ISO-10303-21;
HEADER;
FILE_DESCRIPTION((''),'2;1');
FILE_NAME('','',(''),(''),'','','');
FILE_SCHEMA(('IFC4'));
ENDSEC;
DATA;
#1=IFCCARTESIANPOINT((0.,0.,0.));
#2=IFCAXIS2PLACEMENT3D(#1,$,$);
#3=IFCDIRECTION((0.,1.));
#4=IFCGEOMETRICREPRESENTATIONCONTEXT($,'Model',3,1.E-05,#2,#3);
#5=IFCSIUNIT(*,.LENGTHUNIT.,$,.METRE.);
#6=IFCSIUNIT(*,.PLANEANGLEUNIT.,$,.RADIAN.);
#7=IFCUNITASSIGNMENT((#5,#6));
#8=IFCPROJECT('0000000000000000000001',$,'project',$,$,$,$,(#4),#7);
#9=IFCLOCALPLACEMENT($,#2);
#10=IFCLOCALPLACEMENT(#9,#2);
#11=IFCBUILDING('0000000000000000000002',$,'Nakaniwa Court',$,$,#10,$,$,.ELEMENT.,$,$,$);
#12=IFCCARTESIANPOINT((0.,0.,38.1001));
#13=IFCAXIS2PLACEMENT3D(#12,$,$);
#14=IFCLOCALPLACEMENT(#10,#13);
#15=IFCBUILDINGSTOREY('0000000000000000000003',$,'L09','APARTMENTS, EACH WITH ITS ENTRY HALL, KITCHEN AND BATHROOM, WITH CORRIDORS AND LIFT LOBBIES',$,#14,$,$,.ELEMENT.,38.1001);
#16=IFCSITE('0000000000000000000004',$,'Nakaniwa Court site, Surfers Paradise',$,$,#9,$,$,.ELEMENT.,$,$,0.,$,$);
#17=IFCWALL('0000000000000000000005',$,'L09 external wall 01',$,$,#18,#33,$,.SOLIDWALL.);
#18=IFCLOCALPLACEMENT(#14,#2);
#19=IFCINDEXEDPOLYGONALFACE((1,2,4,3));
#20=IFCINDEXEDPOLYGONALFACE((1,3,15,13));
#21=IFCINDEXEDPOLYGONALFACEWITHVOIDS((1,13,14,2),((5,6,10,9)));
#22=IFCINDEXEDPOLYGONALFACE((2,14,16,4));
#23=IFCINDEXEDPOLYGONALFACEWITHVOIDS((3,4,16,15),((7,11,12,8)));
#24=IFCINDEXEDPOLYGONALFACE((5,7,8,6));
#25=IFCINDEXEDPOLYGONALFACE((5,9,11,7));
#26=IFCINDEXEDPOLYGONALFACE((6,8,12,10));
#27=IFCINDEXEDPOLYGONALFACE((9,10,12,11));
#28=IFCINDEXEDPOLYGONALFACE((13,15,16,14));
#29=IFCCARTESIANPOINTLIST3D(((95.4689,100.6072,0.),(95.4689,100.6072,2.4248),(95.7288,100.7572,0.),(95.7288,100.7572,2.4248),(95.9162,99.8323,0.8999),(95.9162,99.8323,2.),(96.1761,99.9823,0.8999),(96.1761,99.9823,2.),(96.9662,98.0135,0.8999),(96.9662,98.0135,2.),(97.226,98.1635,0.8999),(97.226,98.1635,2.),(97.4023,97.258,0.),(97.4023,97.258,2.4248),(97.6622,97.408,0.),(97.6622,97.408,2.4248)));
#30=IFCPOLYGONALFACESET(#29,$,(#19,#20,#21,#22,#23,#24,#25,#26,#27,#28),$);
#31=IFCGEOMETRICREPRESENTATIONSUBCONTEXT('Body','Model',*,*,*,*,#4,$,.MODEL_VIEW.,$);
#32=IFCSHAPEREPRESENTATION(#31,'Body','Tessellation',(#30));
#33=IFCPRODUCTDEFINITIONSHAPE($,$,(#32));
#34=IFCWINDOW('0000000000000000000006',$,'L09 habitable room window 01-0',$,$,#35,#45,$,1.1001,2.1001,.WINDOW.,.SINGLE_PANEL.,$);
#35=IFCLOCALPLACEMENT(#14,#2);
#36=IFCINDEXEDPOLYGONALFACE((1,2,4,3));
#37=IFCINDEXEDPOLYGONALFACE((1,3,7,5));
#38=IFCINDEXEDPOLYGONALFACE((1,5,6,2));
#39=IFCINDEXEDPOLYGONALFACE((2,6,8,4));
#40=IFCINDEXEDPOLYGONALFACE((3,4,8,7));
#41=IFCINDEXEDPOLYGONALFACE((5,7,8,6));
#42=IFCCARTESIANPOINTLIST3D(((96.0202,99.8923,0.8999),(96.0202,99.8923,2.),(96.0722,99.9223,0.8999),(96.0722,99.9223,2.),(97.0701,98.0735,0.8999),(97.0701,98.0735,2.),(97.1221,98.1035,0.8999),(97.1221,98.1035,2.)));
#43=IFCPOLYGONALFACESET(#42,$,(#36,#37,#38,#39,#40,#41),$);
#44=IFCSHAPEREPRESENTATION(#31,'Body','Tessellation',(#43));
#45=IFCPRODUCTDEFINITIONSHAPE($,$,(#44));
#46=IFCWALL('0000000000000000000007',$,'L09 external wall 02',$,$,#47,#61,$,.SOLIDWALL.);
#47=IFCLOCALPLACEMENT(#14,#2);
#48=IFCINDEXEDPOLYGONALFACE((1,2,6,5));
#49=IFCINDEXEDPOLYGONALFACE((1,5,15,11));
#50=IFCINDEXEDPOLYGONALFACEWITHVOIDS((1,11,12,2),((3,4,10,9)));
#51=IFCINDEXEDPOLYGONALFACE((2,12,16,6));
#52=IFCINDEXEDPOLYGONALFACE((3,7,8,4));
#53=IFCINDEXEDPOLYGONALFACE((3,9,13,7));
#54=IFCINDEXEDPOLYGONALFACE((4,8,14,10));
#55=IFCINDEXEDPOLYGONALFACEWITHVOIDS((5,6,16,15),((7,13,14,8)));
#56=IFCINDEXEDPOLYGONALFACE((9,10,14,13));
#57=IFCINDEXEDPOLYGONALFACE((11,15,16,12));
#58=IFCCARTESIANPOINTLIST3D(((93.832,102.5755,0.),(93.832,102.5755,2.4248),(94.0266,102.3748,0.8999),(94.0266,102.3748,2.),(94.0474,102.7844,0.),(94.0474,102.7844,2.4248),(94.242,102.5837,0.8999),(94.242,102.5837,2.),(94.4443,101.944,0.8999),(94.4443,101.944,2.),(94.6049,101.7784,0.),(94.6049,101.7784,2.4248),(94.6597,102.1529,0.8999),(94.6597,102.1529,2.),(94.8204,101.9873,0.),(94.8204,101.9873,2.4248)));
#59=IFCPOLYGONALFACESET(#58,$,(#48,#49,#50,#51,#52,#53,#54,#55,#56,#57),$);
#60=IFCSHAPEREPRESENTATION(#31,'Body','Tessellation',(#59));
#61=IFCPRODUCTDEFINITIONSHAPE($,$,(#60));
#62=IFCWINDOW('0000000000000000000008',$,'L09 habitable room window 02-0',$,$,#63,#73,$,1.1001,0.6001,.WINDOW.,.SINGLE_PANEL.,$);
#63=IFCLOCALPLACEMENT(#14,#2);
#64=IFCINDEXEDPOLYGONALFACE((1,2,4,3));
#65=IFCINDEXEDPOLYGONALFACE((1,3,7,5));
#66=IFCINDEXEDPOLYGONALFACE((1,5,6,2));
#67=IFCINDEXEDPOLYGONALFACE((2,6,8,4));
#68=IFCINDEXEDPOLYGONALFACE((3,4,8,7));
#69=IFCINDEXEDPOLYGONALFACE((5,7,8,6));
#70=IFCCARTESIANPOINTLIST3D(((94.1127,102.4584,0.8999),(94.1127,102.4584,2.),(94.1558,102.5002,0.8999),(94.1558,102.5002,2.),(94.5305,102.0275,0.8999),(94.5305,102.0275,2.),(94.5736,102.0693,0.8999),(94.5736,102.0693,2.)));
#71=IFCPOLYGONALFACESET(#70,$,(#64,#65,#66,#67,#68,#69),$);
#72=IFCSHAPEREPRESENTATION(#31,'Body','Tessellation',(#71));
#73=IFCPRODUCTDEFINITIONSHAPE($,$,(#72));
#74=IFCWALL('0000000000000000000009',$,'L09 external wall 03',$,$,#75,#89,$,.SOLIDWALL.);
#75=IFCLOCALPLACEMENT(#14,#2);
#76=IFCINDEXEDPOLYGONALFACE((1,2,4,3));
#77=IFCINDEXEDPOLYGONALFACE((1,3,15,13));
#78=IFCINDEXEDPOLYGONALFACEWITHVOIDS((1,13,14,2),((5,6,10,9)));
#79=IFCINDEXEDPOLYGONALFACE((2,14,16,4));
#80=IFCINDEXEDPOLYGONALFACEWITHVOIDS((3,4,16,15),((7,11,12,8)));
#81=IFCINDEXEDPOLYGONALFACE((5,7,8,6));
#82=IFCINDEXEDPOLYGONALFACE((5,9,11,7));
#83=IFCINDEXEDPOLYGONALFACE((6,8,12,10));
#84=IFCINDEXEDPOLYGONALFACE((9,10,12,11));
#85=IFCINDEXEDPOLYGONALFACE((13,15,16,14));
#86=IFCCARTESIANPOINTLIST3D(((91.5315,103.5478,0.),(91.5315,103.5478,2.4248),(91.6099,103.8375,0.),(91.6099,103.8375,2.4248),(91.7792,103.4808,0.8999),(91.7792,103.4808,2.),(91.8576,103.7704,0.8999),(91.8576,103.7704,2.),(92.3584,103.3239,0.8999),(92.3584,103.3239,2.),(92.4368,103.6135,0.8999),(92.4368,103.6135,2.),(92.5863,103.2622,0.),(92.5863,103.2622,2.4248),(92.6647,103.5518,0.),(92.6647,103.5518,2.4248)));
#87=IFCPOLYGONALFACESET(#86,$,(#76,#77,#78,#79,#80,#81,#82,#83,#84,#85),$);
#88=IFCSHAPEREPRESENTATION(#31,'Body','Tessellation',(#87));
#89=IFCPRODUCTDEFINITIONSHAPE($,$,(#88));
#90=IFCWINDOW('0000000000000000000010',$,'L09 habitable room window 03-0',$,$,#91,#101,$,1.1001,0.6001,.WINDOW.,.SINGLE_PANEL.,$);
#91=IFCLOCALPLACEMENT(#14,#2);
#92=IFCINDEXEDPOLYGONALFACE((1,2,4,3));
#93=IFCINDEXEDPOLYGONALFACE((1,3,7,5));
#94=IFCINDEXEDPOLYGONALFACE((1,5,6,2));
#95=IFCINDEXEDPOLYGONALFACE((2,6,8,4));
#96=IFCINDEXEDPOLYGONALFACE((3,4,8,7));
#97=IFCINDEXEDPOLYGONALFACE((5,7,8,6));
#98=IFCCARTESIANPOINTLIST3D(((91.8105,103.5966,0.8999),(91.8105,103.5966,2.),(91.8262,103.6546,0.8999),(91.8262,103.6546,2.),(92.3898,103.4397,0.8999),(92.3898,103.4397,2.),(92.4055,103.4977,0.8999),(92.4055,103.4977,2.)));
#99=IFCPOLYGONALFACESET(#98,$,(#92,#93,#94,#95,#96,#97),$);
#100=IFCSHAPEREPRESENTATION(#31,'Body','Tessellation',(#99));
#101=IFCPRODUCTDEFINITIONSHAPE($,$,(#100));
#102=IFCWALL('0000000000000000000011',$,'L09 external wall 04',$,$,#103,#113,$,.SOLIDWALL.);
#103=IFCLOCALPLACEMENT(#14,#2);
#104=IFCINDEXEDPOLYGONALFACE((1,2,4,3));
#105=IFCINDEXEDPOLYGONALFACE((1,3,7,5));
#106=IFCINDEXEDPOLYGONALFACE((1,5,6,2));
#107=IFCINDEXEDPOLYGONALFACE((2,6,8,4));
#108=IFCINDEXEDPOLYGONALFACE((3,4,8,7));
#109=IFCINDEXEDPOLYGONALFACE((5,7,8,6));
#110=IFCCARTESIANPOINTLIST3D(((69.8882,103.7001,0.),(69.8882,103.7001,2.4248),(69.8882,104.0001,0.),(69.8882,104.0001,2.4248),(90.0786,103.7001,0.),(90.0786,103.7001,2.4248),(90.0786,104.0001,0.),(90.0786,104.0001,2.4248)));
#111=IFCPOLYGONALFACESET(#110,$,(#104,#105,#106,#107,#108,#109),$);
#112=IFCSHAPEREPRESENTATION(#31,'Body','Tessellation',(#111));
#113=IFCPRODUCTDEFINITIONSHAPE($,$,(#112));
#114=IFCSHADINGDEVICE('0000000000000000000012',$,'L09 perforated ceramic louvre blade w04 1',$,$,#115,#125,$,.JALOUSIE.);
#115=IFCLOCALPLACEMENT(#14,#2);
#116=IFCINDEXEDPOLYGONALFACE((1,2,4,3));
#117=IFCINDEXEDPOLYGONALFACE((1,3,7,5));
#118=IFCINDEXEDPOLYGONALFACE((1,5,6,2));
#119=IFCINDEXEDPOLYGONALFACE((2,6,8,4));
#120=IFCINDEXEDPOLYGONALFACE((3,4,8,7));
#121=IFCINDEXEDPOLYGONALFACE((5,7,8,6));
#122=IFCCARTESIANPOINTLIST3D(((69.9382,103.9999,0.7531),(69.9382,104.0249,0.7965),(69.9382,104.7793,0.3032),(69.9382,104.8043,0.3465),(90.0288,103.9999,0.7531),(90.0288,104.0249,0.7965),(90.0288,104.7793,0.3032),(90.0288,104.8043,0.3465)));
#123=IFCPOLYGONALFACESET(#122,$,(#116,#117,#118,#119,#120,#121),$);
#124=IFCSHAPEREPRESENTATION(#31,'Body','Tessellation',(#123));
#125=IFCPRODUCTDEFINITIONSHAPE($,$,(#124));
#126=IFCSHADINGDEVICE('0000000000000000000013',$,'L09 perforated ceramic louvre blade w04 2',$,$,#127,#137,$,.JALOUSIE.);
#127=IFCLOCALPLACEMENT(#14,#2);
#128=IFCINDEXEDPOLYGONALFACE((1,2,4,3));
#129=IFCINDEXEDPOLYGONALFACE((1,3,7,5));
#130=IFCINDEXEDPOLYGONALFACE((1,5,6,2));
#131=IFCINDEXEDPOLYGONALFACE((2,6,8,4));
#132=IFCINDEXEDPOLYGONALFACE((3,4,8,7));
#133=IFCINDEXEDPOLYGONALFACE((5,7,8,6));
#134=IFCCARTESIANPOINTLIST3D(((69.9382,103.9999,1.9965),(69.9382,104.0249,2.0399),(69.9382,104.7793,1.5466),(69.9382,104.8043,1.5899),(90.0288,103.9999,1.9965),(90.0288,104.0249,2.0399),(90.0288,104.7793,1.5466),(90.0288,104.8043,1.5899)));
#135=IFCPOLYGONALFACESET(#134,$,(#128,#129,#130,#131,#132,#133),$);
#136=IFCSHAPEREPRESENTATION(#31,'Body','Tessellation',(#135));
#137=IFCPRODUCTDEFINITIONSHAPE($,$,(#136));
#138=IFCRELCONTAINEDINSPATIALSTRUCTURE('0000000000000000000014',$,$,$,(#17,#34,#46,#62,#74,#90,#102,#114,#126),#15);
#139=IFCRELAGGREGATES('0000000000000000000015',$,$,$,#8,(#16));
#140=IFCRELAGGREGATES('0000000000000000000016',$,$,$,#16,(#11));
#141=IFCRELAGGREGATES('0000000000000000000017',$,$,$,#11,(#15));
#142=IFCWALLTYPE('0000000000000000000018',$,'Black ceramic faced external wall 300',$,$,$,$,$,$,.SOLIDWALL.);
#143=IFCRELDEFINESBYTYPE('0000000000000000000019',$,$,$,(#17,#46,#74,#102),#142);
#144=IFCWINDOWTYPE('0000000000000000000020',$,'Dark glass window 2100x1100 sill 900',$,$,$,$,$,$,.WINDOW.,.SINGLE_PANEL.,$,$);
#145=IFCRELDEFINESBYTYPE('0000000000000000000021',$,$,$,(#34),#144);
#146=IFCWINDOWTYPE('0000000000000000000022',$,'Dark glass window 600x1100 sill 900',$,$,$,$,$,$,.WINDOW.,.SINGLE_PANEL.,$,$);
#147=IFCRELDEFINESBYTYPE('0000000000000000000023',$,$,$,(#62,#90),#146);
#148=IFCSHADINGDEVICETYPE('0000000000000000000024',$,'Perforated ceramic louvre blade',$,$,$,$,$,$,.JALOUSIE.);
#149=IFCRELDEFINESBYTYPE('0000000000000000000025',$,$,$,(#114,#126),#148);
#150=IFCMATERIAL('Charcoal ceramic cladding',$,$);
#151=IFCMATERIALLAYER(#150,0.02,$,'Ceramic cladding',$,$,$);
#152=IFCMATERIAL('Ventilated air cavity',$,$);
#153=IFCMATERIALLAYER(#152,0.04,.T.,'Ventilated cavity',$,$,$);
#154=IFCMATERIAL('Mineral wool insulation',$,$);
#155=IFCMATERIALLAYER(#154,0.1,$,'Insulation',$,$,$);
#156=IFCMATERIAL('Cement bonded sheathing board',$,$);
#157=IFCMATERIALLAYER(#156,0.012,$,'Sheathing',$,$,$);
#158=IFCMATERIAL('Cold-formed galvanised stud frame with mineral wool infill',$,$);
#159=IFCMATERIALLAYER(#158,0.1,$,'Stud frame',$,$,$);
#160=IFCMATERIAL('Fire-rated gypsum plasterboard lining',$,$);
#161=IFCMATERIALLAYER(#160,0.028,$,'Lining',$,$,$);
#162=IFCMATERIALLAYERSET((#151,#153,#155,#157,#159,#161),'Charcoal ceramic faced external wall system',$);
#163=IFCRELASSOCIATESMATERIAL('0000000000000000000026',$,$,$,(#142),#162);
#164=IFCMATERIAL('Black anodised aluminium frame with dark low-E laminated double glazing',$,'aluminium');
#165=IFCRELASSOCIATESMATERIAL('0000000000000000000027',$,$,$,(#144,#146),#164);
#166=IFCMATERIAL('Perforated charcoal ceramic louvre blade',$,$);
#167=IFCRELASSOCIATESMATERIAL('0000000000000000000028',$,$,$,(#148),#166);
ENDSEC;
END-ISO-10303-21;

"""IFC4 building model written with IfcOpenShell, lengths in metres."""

from ifc_helpers import new_model, si_unit, direction, frame, frame_2d, origin, origin_2d, place, context, subcontext, project, spatial, rectangle, extrude, material, layer, layer_set, material_profile, profile_set, type_object, element, fill, save


model = new_model("IFC4")

# Units and contexts
model_context = context("Model", 3, precision=1e-05, world=origin(), true_north=direction((0.0, 1.0)))
body_context = subcontext(model_context, "Body", "Model", "MODEL_VIEW")
ifc_project = project(units=[si_unit("LENGTHUNIT", "METRE"), si_unit("PLANEANGLEUNIT", "RADIAN")], contexts=[model_context])

# Site, building, storey
site_placement = place(None, origin())
site = spatial("IfcSite", under=ifc_project, at=site_placement, Name="Nakaniwa Court site, Surfers Paradise", CompositionType="ELEMENT", RefElevation=0.0)
building_placement = place(site_placement, origin())
building = spatial("IfcBuilding", under=site, at=building_placement, Name="Nakaniwa Court", CompositionType="ELEMENT")
storey_placement = place(building_placement, frame((0.0, 0.0, 38.1001)))
storey = spatial("IfcBuildingStorey", under=building, at=storey_placement, Name="L09", Description="APARTMENTS, EACH WITH ITS ENTRY HALL, KITCHEN AND BATHROOM, WITH CORRIDORS AND LIFT LOBBIES", CompositionType="ELEMENT", Elevation=38.1001)

# Walls, openings, windows
ifc_material_1 = material(Name="Charcoal ceramic cladding")
ifc_layer_1 = layer(ifc_material_1, 0.02, Name="Ceramic cladding")
ifc_material_2 = material(Name="Ventilated air cavity")
ifc_layer_2 = layer(ifc_material_2, 0.04, ventilated=True, Name="Ventilated cavity")
ifc_material_3 = material(Name="Mineral wool insulation")
ifc_layer_3 = layer(ifc_material_3, 0.1, Name="Insulation")
ifc_material_4 = material(Name="Cement bonded sheathing board")
ifc_layer_4 = layer(ifc_material_4, 0.012, Name="Sheathing")
ifc_material_5 = material(Name="Cold-formed galvanised stud frame with mineral wool infill")
ifc_layer_5 = layer(ifc_material_5, 0.1, Name="Stud frame")
ifc_material_6 = material(Name="Fire-rated gypsum plasterboard lining")
ifc_layer_6 = layer(ifc_material_6, 0.028, Name="Lining")
ifc_layer_set_1 = layer_set([ifc_layer_1, ifc_layer_2, ifc_layer_3, ifc_layer_4, ifc_layer_5, ifc_layer_6], Name="Charcoal ceramic faced external wall system")
wall_type_1 = type_object("IfcWallType", Name="Black ceramic faced external wall 300", PredefinedType="SOLIDWALL", material=ifc_layer_set_1)
wall_1_placement = place(storey_placement, frame((97.5322, 97.333, 0.0), z_axis=(0.0, 0.0, 1.0), x_axis=(-0.499948, 0.866055, 0.0)))
wall_1 = element("IfcWall", 1, at=wall_1_placement, inside=storey, type_object=wall_type_1, Name="L09 external wall 01", PredefinedType="SOLIDWALL", context=body_context, shape_type="SweptSolid", body=[
    extrude(rectangle(XDim=3.8672, YDim=0.3, at=frame_2d((1.9336, 0.0))), origin(), (0.0, 0.0, 1.0), 2.4248),
])
opening_1_placement = place(wall_1_placement, frame((0.8723, 0.0, 0.8999)))
opening_1 = element("IfcOpeningElement", 2, at=opening_1_placement, cuts=wall_1, PredefinedType="OPENING", context=body_context, shape_type="SweptSolid", body=[
    extrude(rectangle(XDim=2.1001, YDim=1.1001, at=frame_2d((1.05, 0.55))), frame((0.0, 0.1599, 0.0), z_axis=(0.0, -1.0, 0.0), x_axis=(1.0, 0.0, 0.0)), (0.0, 0.0, 1.0), 0.3201),
])
ifc_material_7 = material(Name="Black anodised aluminium frame with dark low-E laminated double glazing", Category="aluminium")
window_type_1 = type_object("IfcWindowType", Name="Dark glass window 2100x1100 sill 900", PartitioningType="SINGLE_PANEL", PredefinedType="WINDOW", material=ifc_material_7)
window_1_placement = place(opening_1_placement, origin())
window_1 = element("IfcWindow", 3, at=window_1_placement, inside=storey, type_object=window_type_1, Name="L09 habitable room window 01-0", OverallHeight=1.1001, OverallWidth=2.1001, PartitioningType="SINGLE_PANEL", PredefinedType="WINDOW", context=body_context, shape_type="SweptSolid", body=[
    extrude(rectangle(XDim=2.1001, YDim=1.1001, at=frame_2d((1.05, 0.55))), frame((0.0, 0.03, 0.0), z_axis=(0.0, -1.0, 0.0), x_axis=(1.0, 0.0, 0.0)), (0.0, 0.0, 1.0), 0.0601),
])
fill(opening_1, window_1)
wall_2_placement = place(storey_placement, frame((94.7126, 101.8828, 0.0), z_axis=(0.0, 0.0, 1.0), x_axis=(-0.696139, 0.717907, 0.0)))
wall_2 = element("IfcWall", 4, at=wall_2_placement, inside=storey, type_object=wall_type_1, Name="L09 external wall 02", PredefinedType="SOLIDWALL", context=body_context, shape_type="SweptSolid", body=[
    extrude(rectangle(XDim=1.1104, YDim=0.3, at=frame_2d((0.5552, 0.0))), origin(), (0.0, 0.0, 1.0), 2.4248),
])
opening_2_placement = place(wall_2_placement, frame((0.2307, 0.0, 0.8999)))
opening_2 = element("IfcOpeningElement", 5, at=opening_2_placement, cuts=wall_2, PredefinedType="OPENING", context=body_context, shape_type="SweptSolid", body=[
    extrude(rectangle(XDim=0.6001, YDim=1.1001, at=frame_2d((0.3, 0.55))), frame((0.0, 0.1599, 0.0), z_axis=(0.0, -1.0, 0.0), x_axis=(1.0, 0.0, 0.0)), (0.0, 0.0, 1.0), 0.3201),
])
window_type_2 = type_object("IfcWindowType", Name="Dark glass window 600x1100 sill 900", PartitioningType="SINGLE_PANEL", PredefinedType="WINDOW", material=ifc_material_7)
window_2_placement = place(opening_2_placement, origin())
window_2 = element("IfcWindow", 6, at=window_2_placement, inside=storey, type_object=window_type_2, Name="L09 habitable room window 02-0", OverallHeight=1.1001, OverallWidth=0.6001, PartitioningType="SINGLE_PANEL", PredefinedType="WINDOW", context=body_context, shape_type="SweptSolid", body=[
    extrude(rectangle(XDim=0.6001, YDim=1.1001, at=frame_2d((0.3, 0.55))), frame((0.0, 0.03, 0.0), z_axis=(0.0, -1.0, 0.0), x_axis=(1.0, 0.0, 0.0)), (0.0, 0.0, 1.0), 0.0601),
])
fill(opening_2, window_2)
wall_3_placement = place(storey_placement, frame((92.6255, 103.407, 0.0), z_axis=(0.0, 0.0, 1.0), x_axis=(-0.965226, 0.261415, 0.0)))
wall_3 = element("IfcWall", 7, at=wall_3_placement, inside=storey, type_object=wall_type_1, Name="L09 external wall 03", PredefinedType="SOLIDWALL", context=body_context, shape_type="SweptSolid", body=[
    extrude(rectangle(XDim=1.0928, YDim=0.3, at=frame_2d((0.5464, 0.0))), origin(), (0.0, 0.0, 1.0), 2.4248),
])
opening_3_placement = place(wall_3_placement, frame((0.2361, 0.0, 0.8999)))
opening_3 = element("IfcOpeningElement", 8, at=opening_3_placement, cuts=wall_3, PredefinedType="OPENING", context=body_context, shape_type="SweptSolid", body=[
    extrude(rectangle(XDim=0.6001, YDim=1.1001, at=frame_2d((0.3, 0.55))), frame((0.0, 0.1599, 0.0), z_axis=(0.0, -1.0, 0.0), x_axis=(1.0, 0.0, 0.0)), (0.0, 0.0, 1.0), 0.3201),
])
window_3_placement = place(opening_3_placement, origin())
window_3 = element("IfcWindow", 9, at=window_3_placement, inside=storey, type_object=window_type_2, Name="L09 habitable room window 03-0", OverallHeight=1.1001, OverallWidth=0.6001, PartitioningType="SINGLE_PANEL", PredefinedType="WINDOW", context=body_context, shape_type="SweptSolid", body=[
    extrude(rectangle(XDim=0.6001, YDim=1.1001, at=frame_2d((0.3, 0.55))), frame((0.0, 0.03, 0.0), z_axis=(0.0, -1.0, 0.0), x_axis=(1.0, 0.0, 0.0)), (0.0, 0.0, 1.0), 0.0601),
])
fill(opening_3, window_3)

# Wall
wall_4_placement = place(storey_placement, frame((90.0786, 103.8501, 0.0), z_axis=(0.0, 0.0, 1.0), x_axis=(-1.0, 0.0, 0.0)))
element("IfcWall", 10, at=wall_4_placement, inside=storey, type_object=wall_type_1, Name="L09 external wall 04", PredefinedType="SOLIDWALL", context=body_context, shape_type="SweptSolid", body=[
    extrude(rectangle(XDim=20.1904, YDim=0.3, at=frame_2d((10.0952, 0.0))), origin(), (0.0, 0.0, 1.0), 2.4248),
])

# Shading devices
ifc_material_8 = material(Name="Perforated charcoal ceramic louvre blade")
ifc_material_profile_1 = material_profile(ifc_material_8, rectangle(XDim=0.8999, YDim=0.05, at=origin_2d()), Name="Perforated ceramic louvre blade")
ifc_profile_set_1 = profile_set([ifc_material_profile_1], Name="Perforated charcoal ceramic louvre blade")
shading_device_type = type_object("IfcShadingDeviceType", Name="Perforated ceramic louvre blade", PredefinedType="JALOUSIE", material=ifc_profile_set_1)
for number, where, z_axis, x_axis, name in (
    (11, (90.0288, 104.4021, 0.5498), (-1.0, 0.0, 0.0), (0.0, -0.866025, 0.5), "L09 perforated ceramic louvre blade w04 1"),
    (12, (90.0288, 104.4021, 1.7932), (-1.0, 0.0, 0.0), (0.0, -0.866025, 0.5), "L09 perforated ceramic louvre blade w04 2"),
):
    element("IfcShadingDevice", number, at=place(storey_placement, frame(where, z_axis=z_axis, x_axis=x_axis)), inside=storey, type_object=shading_device_type, Name=name, PredefinedType="JALOUSIE", context=body_context, shape_type="SweptSolid", body=[
        extrude(rectangle(XDim=0.8999, YDim=0.05, at=origin_2d()), origin(), (0.0, 0.0, 1.0), 20.0906),
    ])

save(model, "model.ifc")
